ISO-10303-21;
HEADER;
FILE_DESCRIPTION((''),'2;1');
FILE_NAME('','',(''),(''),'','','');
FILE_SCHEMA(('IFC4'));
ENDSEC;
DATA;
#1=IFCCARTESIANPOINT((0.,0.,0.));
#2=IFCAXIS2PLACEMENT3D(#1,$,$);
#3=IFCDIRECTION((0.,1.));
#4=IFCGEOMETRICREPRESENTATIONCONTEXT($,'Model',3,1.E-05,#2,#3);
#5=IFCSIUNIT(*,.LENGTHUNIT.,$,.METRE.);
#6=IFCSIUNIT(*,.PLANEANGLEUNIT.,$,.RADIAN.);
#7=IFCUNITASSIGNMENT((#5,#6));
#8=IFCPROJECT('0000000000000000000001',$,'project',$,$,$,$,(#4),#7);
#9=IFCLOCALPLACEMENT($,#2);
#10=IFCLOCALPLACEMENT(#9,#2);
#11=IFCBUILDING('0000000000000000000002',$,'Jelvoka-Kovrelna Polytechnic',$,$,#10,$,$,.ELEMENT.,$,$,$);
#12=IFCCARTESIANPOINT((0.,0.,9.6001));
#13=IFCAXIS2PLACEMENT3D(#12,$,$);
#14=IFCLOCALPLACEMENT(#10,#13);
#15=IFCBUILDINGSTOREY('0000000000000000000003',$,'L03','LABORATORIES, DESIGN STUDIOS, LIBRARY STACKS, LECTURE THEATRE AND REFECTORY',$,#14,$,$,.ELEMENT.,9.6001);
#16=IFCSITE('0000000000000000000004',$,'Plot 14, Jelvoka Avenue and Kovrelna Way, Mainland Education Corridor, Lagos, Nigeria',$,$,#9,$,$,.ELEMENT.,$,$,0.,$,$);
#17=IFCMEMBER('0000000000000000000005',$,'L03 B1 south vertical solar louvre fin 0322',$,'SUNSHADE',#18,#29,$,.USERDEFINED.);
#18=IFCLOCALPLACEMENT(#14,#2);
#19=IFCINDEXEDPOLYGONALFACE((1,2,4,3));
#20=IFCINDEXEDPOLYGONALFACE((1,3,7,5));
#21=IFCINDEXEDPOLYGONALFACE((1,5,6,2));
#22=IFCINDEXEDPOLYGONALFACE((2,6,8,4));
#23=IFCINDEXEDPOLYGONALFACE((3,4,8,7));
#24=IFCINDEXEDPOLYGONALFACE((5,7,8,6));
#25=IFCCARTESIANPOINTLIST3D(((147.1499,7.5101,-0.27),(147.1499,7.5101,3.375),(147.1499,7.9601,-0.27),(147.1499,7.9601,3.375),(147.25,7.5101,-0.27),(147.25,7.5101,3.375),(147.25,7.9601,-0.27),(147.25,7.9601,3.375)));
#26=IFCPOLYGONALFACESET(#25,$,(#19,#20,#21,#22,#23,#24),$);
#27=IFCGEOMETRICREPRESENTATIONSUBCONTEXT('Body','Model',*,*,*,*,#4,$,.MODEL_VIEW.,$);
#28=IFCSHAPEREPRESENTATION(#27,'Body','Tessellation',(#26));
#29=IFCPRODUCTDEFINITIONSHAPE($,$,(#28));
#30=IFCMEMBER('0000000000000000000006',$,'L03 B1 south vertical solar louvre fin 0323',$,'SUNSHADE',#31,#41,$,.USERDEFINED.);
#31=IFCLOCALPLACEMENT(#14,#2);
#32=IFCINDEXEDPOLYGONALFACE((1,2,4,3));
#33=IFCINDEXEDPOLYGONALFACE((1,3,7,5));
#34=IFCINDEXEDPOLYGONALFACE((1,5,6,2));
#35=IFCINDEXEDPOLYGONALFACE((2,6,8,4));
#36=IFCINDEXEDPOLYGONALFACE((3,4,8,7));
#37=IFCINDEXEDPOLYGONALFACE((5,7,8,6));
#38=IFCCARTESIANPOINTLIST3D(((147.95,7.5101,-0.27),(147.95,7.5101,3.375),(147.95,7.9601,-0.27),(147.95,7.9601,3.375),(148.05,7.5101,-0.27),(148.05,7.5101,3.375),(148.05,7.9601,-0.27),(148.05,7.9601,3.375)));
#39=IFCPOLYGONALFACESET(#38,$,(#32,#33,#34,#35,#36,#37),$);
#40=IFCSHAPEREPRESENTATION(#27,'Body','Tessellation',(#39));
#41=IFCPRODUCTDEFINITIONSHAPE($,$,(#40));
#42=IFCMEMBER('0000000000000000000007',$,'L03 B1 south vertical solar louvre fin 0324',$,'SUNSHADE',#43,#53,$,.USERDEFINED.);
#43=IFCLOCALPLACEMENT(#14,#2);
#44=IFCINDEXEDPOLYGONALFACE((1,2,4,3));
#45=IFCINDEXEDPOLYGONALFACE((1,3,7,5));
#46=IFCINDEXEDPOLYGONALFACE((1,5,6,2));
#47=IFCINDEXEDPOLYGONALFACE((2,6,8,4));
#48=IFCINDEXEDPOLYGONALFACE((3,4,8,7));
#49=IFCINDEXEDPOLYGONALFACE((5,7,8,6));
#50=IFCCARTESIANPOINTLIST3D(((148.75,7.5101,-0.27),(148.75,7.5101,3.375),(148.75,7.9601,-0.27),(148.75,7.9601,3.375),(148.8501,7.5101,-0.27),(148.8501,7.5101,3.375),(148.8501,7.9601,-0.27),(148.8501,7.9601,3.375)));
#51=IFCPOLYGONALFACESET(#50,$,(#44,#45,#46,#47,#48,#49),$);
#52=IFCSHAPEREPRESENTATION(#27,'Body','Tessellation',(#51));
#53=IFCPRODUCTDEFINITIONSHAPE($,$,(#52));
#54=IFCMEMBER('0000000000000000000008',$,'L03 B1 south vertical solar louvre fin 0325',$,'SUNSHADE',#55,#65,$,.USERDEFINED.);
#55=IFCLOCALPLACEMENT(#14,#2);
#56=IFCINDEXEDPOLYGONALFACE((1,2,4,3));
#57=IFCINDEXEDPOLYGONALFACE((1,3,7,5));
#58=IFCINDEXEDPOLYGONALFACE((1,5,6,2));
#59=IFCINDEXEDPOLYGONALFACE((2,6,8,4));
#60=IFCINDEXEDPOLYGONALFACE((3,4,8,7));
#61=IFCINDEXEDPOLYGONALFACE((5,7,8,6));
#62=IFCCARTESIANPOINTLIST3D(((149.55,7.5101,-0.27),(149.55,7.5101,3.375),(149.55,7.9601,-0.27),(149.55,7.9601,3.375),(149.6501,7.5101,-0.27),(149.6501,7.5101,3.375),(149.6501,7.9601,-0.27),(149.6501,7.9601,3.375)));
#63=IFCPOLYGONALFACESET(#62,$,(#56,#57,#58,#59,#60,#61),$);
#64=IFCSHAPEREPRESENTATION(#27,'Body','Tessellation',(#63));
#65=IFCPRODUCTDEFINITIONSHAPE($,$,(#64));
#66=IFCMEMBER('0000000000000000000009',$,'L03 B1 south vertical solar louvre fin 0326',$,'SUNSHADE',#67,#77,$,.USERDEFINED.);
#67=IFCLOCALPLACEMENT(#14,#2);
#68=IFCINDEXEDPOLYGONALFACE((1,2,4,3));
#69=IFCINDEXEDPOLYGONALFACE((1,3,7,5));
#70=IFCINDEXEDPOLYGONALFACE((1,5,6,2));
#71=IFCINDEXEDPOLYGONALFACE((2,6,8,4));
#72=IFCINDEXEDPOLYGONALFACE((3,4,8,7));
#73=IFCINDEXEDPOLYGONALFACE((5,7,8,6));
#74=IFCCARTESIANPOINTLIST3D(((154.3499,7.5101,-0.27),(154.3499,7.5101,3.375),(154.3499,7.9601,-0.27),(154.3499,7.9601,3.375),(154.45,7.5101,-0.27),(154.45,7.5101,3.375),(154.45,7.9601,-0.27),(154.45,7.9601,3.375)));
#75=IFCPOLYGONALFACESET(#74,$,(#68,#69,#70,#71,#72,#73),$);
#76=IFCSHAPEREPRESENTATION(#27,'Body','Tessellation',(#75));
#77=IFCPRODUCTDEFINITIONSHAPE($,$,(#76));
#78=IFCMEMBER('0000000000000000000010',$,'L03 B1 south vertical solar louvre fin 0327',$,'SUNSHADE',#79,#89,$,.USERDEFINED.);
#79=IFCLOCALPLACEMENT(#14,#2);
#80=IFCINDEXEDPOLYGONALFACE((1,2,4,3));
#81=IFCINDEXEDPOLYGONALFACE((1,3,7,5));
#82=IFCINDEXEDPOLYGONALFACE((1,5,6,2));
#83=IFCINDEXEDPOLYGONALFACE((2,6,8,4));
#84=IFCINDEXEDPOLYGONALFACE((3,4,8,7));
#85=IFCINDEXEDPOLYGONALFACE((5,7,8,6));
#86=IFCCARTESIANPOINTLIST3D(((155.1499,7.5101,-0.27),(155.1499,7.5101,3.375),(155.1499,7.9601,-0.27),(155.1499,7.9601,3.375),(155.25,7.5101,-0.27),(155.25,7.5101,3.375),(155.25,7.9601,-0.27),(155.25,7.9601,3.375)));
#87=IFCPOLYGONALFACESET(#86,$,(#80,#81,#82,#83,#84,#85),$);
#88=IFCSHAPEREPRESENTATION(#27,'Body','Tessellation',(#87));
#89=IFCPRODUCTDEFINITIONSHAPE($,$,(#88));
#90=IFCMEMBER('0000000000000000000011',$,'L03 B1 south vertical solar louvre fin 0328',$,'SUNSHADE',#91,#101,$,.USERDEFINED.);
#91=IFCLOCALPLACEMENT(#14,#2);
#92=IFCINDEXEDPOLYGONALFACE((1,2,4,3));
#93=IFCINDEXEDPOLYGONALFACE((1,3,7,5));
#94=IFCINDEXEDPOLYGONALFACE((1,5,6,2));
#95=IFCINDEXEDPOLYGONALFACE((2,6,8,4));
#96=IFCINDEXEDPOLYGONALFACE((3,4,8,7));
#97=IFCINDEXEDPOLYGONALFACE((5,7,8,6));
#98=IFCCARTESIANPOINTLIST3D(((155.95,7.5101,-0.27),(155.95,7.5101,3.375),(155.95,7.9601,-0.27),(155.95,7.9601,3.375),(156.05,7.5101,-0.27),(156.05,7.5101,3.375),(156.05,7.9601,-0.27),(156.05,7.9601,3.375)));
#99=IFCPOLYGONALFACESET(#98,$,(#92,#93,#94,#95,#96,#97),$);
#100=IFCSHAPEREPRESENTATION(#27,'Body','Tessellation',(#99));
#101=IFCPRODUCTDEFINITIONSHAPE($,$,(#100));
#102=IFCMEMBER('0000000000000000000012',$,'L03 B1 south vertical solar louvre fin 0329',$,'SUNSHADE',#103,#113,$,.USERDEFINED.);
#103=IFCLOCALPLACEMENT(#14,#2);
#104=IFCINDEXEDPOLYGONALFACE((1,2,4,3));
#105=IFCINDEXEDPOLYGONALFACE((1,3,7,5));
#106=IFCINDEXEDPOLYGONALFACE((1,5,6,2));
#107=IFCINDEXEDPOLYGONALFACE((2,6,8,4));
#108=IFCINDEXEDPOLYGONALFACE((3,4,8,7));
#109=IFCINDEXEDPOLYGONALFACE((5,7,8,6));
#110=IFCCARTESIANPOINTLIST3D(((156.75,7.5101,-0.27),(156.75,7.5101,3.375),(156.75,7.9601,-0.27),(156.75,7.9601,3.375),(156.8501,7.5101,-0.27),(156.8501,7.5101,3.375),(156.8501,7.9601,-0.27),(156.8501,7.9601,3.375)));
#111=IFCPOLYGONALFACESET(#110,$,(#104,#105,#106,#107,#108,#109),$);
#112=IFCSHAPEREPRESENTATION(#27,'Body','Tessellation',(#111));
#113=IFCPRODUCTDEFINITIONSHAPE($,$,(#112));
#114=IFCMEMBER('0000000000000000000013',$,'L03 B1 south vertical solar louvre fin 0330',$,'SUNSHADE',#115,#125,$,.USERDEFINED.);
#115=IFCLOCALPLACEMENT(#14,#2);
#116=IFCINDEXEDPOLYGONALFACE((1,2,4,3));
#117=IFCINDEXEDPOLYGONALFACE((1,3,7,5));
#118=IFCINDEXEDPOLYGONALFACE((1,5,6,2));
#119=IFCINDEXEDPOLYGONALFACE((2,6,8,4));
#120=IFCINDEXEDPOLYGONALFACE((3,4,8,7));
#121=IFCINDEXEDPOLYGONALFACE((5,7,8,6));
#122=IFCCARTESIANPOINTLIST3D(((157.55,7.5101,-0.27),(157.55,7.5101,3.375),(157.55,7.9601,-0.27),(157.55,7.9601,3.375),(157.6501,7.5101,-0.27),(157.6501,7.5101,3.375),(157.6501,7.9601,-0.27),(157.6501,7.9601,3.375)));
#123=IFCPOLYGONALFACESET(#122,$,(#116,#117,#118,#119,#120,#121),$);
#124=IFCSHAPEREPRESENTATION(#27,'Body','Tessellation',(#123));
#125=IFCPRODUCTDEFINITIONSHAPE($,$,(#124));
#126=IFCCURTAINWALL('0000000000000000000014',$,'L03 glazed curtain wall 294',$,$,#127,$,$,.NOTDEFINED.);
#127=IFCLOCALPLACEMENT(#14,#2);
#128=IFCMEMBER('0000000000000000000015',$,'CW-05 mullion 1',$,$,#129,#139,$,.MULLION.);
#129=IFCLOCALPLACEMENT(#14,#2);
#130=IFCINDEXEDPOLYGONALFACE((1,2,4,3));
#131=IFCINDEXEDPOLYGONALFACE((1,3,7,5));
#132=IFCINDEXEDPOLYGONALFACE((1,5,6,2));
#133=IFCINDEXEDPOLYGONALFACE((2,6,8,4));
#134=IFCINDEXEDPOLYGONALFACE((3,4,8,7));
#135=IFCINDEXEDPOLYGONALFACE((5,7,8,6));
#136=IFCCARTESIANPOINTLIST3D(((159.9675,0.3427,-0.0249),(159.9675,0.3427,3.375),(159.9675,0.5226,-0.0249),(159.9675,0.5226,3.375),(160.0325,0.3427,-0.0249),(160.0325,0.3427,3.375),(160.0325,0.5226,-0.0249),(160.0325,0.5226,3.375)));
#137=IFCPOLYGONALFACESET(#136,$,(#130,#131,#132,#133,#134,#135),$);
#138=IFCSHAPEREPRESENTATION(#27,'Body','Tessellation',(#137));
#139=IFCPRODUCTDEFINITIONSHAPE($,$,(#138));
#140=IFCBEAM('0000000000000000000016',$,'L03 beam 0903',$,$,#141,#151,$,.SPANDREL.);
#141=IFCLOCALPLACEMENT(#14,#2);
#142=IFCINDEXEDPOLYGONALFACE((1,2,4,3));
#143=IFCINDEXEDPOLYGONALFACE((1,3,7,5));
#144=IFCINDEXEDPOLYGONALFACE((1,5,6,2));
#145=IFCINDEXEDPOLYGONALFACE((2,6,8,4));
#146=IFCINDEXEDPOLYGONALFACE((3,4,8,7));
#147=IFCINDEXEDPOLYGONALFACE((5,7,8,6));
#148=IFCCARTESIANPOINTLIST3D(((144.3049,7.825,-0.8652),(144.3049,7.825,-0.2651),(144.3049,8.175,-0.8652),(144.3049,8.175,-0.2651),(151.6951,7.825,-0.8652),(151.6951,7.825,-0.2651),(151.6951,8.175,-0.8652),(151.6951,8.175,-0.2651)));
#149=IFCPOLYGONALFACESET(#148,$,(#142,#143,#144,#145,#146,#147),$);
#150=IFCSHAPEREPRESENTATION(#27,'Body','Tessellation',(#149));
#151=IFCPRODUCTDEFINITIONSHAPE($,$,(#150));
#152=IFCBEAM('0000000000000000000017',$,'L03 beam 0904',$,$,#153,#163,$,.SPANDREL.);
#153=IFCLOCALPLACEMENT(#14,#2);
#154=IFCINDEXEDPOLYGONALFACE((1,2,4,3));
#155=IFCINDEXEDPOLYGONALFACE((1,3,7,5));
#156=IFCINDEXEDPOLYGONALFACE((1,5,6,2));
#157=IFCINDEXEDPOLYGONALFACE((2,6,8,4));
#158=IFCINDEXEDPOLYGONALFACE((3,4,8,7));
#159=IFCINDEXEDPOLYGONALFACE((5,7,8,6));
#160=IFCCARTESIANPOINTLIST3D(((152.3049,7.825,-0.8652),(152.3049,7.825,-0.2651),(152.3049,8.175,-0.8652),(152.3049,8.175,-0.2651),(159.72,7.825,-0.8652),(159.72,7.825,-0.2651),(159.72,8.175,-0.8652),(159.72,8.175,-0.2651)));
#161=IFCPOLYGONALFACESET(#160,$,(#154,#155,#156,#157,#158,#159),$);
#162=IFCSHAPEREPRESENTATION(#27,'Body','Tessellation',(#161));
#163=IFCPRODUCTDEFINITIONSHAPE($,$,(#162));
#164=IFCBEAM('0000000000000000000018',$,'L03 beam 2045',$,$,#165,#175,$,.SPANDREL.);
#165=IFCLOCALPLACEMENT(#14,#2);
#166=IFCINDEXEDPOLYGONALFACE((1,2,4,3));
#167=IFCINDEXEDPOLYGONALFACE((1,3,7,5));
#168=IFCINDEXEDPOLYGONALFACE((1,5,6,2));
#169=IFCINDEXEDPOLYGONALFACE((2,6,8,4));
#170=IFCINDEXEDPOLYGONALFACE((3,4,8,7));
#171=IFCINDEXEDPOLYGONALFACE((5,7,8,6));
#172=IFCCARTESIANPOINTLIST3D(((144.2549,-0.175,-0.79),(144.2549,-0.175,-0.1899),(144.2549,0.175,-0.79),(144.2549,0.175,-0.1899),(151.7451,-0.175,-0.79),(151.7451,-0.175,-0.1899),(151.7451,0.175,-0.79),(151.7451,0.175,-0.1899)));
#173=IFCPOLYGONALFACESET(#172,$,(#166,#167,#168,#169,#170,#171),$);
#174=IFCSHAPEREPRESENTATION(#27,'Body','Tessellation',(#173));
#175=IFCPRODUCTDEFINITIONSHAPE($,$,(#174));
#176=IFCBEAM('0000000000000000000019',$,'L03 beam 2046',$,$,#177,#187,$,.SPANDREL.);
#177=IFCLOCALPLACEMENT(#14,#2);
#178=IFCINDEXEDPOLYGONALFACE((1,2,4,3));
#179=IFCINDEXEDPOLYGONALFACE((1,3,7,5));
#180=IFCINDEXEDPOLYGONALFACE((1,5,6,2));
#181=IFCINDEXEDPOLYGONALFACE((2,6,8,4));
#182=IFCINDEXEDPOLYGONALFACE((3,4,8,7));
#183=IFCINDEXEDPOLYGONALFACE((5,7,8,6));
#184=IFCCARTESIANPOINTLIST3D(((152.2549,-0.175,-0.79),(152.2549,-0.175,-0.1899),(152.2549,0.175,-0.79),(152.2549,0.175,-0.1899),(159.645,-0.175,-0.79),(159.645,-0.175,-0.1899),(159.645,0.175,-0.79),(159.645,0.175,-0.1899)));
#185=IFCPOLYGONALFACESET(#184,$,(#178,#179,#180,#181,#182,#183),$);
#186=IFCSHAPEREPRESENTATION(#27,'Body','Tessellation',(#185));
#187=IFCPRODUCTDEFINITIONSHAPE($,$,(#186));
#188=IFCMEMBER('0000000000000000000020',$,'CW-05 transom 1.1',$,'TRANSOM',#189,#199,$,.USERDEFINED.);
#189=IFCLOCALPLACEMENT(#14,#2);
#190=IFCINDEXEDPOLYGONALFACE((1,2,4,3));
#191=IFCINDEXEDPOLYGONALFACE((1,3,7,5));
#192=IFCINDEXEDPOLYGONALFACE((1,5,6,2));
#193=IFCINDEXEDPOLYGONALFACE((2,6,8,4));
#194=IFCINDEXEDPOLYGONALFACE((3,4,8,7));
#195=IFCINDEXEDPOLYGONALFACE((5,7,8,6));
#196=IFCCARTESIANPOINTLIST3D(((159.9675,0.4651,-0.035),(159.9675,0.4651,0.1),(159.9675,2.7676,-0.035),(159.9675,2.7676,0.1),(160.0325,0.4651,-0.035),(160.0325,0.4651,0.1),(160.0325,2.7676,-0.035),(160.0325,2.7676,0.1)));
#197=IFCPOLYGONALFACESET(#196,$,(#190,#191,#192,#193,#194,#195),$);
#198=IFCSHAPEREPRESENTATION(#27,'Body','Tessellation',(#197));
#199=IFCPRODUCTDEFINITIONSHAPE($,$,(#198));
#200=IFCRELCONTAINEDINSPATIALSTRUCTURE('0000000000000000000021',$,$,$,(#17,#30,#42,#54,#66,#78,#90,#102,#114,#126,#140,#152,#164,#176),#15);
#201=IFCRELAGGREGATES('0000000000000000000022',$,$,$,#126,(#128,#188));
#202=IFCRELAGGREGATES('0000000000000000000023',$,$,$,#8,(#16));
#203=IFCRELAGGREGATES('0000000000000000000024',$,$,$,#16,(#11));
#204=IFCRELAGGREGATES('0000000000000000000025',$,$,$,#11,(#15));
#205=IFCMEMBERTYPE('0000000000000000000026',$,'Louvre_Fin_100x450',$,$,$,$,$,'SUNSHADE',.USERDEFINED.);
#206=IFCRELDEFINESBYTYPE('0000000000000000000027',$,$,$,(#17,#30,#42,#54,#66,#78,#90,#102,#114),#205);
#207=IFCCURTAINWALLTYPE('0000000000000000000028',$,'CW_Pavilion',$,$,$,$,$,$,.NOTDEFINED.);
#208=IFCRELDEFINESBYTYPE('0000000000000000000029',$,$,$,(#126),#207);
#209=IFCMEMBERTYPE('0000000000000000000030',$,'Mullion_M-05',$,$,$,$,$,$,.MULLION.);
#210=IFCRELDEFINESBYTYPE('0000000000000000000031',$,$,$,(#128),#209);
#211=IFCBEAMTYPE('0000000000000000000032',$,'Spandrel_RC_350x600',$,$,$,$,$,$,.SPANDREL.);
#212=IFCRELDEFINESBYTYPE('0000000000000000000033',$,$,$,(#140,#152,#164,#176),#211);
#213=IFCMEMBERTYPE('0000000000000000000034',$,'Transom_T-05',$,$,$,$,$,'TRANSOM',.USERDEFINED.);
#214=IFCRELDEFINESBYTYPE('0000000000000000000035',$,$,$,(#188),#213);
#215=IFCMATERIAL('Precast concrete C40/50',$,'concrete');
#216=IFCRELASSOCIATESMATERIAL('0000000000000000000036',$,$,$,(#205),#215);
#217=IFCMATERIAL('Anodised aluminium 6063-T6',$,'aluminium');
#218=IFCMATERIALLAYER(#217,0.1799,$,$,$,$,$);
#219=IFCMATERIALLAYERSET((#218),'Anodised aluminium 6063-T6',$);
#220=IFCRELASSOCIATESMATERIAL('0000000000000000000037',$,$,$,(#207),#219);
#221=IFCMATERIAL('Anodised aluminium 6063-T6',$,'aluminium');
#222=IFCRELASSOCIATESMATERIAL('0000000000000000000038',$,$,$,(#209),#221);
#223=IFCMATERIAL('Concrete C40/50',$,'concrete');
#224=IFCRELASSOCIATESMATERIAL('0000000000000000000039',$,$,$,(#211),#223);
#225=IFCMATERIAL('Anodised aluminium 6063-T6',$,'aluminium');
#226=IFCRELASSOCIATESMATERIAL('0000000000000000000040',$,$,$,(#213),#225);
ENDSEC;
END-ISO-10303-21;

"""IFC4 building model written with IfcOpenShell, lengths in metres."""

from ifc_helpers import new_model, si_unit, direction, frame, origin, origin_2d, place, context, subcontext, project, spatial, rectangle, extrude, material, layer, layer_set, material_profile, profile_set, type_object, element, aggregate, save


model = new_model("IFC4")

# Units and contexts
model_context = context("Model", 3, precision=1e-05, world=origin(), true_north=direction((0.0, 1.0)))
body_context = subcontext(model_context, "Body", "Model", "MODEL_VIEW")
ifc_project = project(units=[si_unit("LENGTHUNIT", "METRE"), si_unit("PLANEANGLEUNIT", "RADIAN")], contexts=[model_context])

# Site, building, storey
site_placement = place(None, origin())
site = spatial("IfcSite", under=ifc_project, at=site_placement, Name="Plot 14, Jelvoka Avenue and Kovrelna Way, Mainland Education Corridor, Lagos, Nigeria", CompositionType="ELEMENT", RefElevation=0.0)
building_placement = place(site_placement, origin())
building = spatial("IfcBuilding", under=site, at=building_placement, Name="Jelvoka-Kovrelna Polytechnic", CompositionType="ELEMENT")
storey_placement = place(building_placement, frame((0.0, 0.0, 9.6001)))
storey = spatial("IfcBuildingStorey", under=building, at=storey_placement, Name="L03", Description="LABORATORIES, DESIGN STUDIOS, LIBRARY STACKS, LECTURE THEATRE AND REFECTORY", CompositionType="ELEMENT", Elevation=9.6001)

# Members
ifc_material_1 = material(Name="Precast concrete C40/50", Category="concrete")
ifc_material_profile_1 = material_profile(ifc_material_1, rectangle(XDim=0.1001, YDim=0.45, at=origin_2d()), Name="PC 100x450")
ifc_profile_set_1 = profile_set([ifc_material_profile_1], Name="Precast concrete C40/50")
member_type_1 = type_object("IfcMemberType", Name="Louvre_Fin_100x450", ElementType="SUNSHADE", PredefinedType="USERDEFINED", material=ifc_profile_set_1)
for number, where, z_axis, x_axis, name in (
    (1, (147.2, 7.7351, -0.27), (0.0, 0.0, 1.0), (1.0, 0.0, 0.0), "L03 B1 south vertical solar louvre fin 0322"),
    (2, (148.0, 7.7351, -0.27), (0.0, 0.0, 1.0), (1.0, 0.0, 0.0), "L03 B1 south vertical solar louvre fin 0323"),
    (3, (148.8, 7.7351, -0.27), (0.0, 0.0, 1.0), (1.0, 0.0, 0.0), "L03 B1 south vertical solar louvre fin 0324"),
    (4, (149.6001, 7.7351, -0.27), (0.0, 0.0, 1.0), (1.0, 0.0, 0.0), "L03 B1 south vertical solar louvre fin 0325"),
    (5, (154.3999, 7.7351, -0.27), (0.0, 0.0, 1.0), (1.0, 0.0, 0.0), "L03 B1 south vertical solar louvre fin 0326"),
    (6, (155.2, 7.7351, -0.27), (0.0, 0.0, 1.0), (1.0, 0.0, 0.0), "L03 B1 south vertical solar louvre fin 0327"),
    (7, (156.0, 7.7351, -0.27), (0.0, 0.0, 1.0), (1.0, 0.0, 0.0), "L03 B1 south vertical solar louvre fin 0328"),
    (8, (156.8, 7.7351, -0.27), (0.0, 0.0, 1.0), (1.0, 0.0, 0.0), "L03 B1 south vertical solar louvre fin 0329"),
    (9, (157.6001, 7.7351, -0.27), (0.0, 0.0, 1.0), (1.0, 0.0, 0.0), "L03 B1 south vertical solar louvre fin 0330"),
):
    element("IfcMember", number, at=place(storey_placement, frame(where, z_axis=z_axis, x_axis=x_axis)), inside=storey, type_object=member_type_1, Name=name, ObjectType="SUNSHADE", PredefinedType="USERDEFINED", context=body_context, shape_type="SweptSolid", body=[
        extrude(rectangle(XDim=0.1001, YDim=0.45, at=origin_2d()), origin(), (0.0, 0.0, 1.0), 3.645),
    ])

# Curtain wall, member
ifc_material_2 = material(Name="Anodised aluminium 6063-T6", Category="aluminium")
ifc_layer_1 = layer(ifc_material_2, 0.1799)
ifc_layer_set_1 = layer_set([ifc_layer_1], Name="Anodised aluminium 6063-T6")
curtain_wall_type = type_object("IfcCurtainWallType", Name="CW_Pavilion", PredefinedType="NOTDEFINED", material=ifc_layer_set_1)
curtain_wall_placement = place(storey_placement, origin())
curtain_wall = element("IfcCurtainWall", 10, at=curtain_wall_placement, inside=storey, type_object=curtain_wall_type, Name="L03 glazed curtain wall 294", PredefinedType="NOTDEFINED")
ifc_material_3 = material(Name="Anodised aluminium 6063-T6", Category="aluminium")
ifc_material_profile_2 = material_profile(ifc_material_3, rectangle(XDim=0.0649, YDim=0.1799, at=origin_2d()), Name="ALU 65x180")
ifc_profile_set_2 = profile_set([ifc_material_profile_2], Name="Anodised aluminium 6063-T6")
member_type_2 = type_object("IfcMemberType", Name="Mullion_M-05", PredefinedType="MULLION", material=ifc_profile_set_2)
member_1_placement = place(storey_placement, frame((160.0, 0.4326, -0.0249), z_axis=(0.0, 0.0, 1.0), x_axis=(-1.0, 0.0, 0.0)))
member_1 = element("IfcMember", 11, at=member_1_placement, type_object=member_type_2, Name="CW-05 mullion 1", PredefinedType="MULLION", context=body_context, shape_type="SweptSolid", body=[
    extrude(rectangle(XDim=0.0649, YDim=0.1799, at=origin_2d()), origin(), (0.0, 0.0, 1.0), 3.3999),
])

# Beams
ifc_material_4 = material(Name="Concrete C40/50", Category="concrete")
ifc_material_profile_3 = material_profile(ifc_material_4, rectangle(XDim=0.3501, YDim=0.6001, at=origin_2d()), Name="RC 350x600")
ifc_profile_set_3 = profile_set([ifc_material_profile_3], Name="Concrete C40/50")
beam_type_1 = type_object("IfcBeamType", Name="Spandrel_RC_350x600", PredefinedType="SPANDREL", material=ifc_profile_set_3)
beam_1_placement = place(storey_placement, frame((144.3049, 8.0, -0.5652), z_axis=(1.0, 0.0, 0.0), x_axis=(0.0, 1.0, 0.0)))
element("IfcBeam", 12, at=beam_1_placement, inside=storey, type_object=beam_type_1, Name="L03 beam 0903", PredefinedType="SPANDREL", context=body_context, shape_type="SweptSolid", body=[
    extrude(rectangle(XDim=0.3501, YDim=0.6001, at=origin_2d()), origin(), (0.0, 0.0, 1.0), 7.3901),
])
beam_2_placement = place(storey_placement, frame((152.3049, 8.0, -0.5652), z_axis=(1.0, 0.0, 0.0), x_axis=(0.0, 1.0, 0.0)))
element("IfcBeam", 13, at=beam_2_placement, inside=storey, type_object=beam_type_1, Name="L03 beam 0904", PredefinedType="SPANDREL", context=body_context, shape_type="SweptSolid", body=[
    extrude(rectangle(XDim=0.3501, YDim=0.6001, at=origin_2d()), origin(), (0.0, 0.0, 1.0), 7.415),
])
beam_3_placement = place(storey_placement, frame((144.2549, 0.0, -0.49), z_axis=(1.0, 0.0, 0.0), x_axis=(0.0, 1.0, 0.0)))
element("IfcBeam", 14, at=beam_3_placement, inside=storey, type_object=beam_type_1, Name="L03 beam 2045", PredefinedType="SPANDREL", context=body_context, shape_type="SweptSolid", body=[
    extrude(rectangle(XDim=0.3501, YDim=0.6001, at=origin_2d()), origin(), (0.0, 0.0, 1.0), 7.4902),
])
beam_4_placement = place(storey_placement, frame((152.2549, 0.0, -0.49), z_axis=(1.0, 0.0, 0.0), x_axis=(0.0, 1.0, 0.0)))
element("IfcBeam", 15, at=beam_4_placement, inside=storey, type_object=beam_type_1, Name="L03 beam 2046", PredefinedType="SPANDREL", context=body_context, shape_type="SweptSolid", body=[
    extrude(rectangle(XDim=0.3501, YDim=0.6001, at=origin_2d()), origin(), (0.0, 0.0, 1.0), 7.3901),
])

# Member
ifc_material_5 = material(Name="Anodised aluminium 6063-T6", Category="aluminium")
ifc_material_profile_4 = material_profile(ifc_material_5, rectangle(XDim=0.0649, YDim=0.135, at=origin_2d()), Name="ALU 65x135")
ifc_profile_set_4 = profile_set([ifc_material_profile_4], Name="Anodised aluminium 6063-T6")
member_type_3 = type_object("IfcMemberType", Name="Transom_T-05", ElementType="TRANSOM", PredefinedType="USERDEFINED", material=ifc_profile_set_4)
member_2_placement = place(storey_placement, frame((160.0, 0.4651, 0.0325), z_axis=(0.0, 1.0, 0.0), x_axis=(-1.0, 0.0, 0.0)))
member_2 = element("IfcMember", 16, at=member_2_placement, type_object=member_type_3, Name="CW-05 transom 1.1", ObjectType="TRANSOM", PredefinedType="USERDEFINED", context=body_context, shape_type="SweptSolid", body=[
    extrude(rectangle(XDim=0.0649, YDim=0.135, at=origin_2d()), origin(), (0.0, 0.0, 1.0), 2.3025),
])
aggregate(curtain_wall, [member_1, member_2])

save(model, "model.ifc")
